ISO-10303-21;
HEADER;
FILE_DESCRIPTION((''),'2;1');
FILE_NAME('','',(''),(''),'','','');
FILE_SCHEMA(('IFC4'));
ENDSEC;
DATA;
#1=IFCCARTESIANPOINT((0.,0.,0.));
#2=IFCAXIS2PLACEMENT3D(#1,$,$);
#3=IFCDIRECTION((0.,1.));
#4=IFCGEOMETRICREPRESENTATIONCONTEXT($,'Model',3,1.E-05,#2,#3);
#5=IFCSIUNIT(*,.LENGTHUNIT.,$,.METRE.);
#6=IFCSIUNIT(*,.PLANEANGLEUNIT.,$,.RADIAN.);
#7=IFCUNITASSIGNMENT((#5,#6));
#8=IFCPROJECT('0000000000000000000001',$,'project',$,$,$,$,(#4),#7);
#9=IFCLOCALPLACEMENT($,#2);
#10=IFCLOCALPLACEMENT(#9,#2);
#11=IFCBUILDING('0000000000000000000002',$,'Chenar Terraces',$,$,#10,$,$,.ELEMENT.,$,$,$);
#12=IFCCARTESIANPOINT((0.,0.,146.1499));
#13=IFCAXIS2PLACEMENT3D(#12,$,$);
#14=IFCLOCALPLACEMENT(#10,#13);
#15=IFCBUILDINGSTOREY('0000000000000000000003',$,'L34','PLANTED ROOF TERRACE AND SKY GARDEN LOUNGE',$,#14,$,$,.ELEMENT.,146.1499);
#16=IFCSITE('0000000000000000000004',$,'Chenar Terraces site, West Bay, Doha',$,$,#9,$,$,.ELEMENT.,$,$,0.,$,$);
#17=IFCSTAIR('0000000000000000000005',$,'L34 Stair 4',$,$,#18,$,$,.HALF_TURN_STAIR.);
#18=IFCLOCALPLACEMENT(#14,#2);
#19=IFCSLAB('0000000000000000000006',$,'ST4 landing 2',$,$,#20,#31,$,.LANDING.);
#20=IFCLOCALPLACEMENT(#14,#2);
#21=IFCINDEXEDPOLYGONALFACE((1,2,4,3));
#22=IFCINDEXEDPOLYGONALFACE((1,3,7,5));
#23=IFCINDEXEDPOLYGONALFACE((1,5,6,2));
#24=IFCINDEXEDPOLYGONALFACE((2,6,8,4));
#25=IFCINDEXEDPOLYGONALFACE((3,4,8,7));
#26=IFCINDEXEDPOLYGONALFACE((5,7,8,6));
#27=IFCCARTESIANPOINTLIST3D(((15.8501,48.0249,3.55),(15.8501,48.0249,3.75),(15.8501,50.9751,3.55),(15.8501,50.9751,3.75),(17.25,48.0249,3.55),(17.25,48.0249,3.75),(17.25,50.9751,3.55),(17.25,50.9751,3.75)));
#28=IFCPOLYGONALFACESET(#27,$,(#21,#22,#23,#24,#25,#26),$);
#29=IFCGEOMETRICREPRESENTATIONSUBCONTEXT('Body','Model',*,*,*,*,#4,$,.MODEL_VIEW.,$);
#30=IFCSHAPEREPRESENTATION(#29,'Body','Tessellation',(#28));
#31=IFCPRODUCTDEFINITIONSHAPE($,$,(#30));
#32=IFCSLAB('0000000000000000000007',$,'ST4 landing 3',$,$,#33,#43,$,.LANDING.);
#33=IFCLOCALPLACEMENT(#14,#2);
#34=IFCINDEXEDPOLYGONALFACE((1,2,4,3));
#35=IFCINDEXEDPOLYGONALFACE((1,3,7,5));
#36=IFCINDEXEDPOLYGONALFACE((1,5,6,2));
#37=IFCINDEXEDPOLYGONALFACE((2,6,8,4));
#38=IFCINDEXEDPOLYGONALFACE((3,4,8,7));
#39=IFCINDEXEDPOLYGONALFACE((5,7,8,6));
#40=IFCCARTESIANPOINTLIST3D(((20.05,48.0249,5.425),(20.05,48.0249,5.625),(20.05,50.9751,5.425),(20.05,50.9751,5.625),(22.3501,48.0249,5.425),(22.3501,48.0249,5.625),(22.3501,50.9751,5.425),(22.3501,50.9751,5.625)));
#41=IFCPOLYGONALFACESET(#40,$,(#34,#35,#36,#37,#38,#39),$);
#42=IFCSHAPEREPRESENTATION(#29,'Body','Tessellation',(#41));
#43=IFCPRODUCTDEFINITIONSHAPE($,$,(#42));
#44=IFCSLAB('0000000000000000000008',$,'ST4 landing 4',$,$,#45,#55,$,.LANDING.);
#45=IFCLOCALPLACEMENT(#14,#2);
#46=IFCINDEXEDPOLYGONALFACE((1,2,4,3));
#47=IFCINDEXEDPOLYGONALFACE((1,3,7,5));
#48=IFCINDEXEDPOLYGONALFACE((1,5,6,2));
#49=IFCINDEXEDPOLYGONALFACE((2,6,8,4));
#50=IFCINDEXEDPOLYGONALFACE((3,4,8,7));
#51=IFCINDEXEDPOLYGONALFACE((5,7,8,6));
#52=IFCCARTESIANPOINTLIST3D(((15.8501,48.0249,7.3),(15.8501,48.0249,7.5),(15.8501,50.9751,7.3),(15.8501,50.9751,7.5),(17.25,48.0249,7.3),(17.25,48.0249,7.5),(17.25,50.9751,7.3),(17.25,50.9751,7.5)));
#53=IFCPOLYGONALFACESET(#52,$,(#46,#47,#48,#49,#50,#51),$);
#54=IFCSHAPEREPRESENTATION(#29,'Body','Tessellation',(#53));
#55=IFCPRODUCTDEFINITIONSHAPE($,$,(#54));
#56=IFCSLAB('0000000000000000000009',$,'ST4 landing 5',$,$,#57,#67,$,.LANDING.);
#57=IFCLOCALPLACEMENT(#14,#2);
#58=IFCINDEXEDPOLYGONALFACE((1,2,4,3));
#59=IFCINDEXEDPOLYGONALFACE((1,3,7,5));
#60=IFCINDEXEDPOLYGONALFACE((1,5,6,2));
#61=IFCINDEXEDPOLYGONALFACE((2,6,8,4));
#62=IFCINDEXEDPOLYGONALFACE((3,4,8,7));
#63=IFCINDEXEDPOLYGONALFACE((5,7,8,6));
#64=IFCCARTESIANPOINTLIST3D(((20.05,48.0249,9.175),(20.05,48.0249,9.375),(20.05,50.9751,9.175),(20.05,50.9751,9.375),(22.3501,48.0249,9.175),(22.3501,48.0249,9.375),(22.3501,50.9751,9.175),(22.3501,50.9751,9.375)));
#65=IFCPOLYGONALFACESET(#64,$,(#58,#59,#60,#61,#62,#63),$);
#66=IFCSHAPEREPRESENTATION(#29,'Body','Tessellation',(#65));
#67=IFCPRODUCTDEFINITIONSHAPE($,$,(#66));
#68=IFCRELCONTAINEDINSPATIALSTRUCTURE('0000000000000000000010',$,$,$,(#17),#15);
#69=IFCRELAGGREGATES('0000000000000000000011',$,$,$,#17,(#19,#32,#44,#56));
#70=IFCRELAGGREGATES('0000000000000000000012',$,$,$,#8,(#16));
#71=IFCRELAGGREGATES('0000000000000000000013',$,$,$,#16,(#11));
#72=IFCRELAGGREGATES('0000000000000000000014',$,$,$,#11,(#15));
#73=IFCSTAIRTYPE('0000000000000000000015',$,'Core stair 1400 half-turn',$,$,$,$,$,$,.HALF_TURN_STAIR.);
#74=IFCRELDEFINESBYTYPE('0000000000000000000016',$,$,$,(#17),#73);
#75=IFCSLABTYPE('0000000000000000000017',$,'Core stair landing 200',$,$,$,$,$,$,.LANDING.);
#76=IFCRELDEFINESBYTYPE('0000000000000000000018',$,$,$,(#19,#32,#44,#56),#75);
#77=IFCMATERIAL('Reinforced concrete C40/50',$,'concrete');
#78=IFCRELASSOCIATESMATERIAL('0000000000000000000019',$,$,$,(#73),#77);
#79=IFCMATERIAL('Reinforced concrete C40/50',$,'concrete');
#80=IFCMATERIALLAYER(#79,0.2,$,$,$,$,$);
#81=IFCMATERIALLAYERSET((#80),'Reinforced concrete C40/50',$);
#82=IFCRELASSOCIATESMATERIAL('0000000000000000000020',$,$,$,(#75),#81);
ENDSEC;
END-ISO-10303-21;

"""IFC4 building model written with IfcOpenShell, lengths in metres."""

from ifc_helpers import new_model, si_unit, direction, frame, origin, place, context, subcontext, project, spatial, polyline, outline, extrude, material, layer, layer_set, type_object, element, aggregate, save


model = new_model("IFC4")

# Units and contexts
model_context = context("Model", 3, precision=1e-05, world=origin(), true_north=direction((0.0, 1.0)))
body_context = subcontext(model_context, "Body", "Model", "MODEL_VIEW")
ifc_project = project(units=[si_unit("LENGTHUNIT", "METRE"), si_unit("PLANEANGLEUNIT", "RADIAN")], contexts=[model_context])

# Site, building, storey
site_placement = place(None, origin())
site = spatial("IfcSite", under=ifc_project, at=site_placement, Name="Chenar Terraces site, West Bay, Doha", CompositionType="ELEMENT", RefElevation=0.0)
building_placement = place(site_placement, origin())
building = spatial("IfcBuilding", under=site, at=building_placement, Name="Chenar Terraces", CompositionType="ELEMENT")
storey_placement = place(building_placement, frame((0.0, 0.0, 146.1499)))
storey = spatial("IfcBuildingStorey", under=building, at=storey_placement, Name="L34", Description="PLANTED ROOF TERRACE AND SKY GARDEN LOUNGE", CompositionType="ELEMENT", Elevation=146.1499)

# Stair, slabs
ifc_material_1 = material(Name="Reinforced concrete C40/50", Category="concrete")
stair_type = type_object("IfcStairType", Name="Core stair 1400 half-turn", PredefinedType="HALF_TURN_STAIR", material=ifc_material_1)
placement_1 = place(storey_placement, origin())
ifc_material_2 = material(Name="Reinforced concrete C40/50", Category="concrete")
ifc_layer_1 = layer(ifc_material_2, 0.2)
ifc_layer_set_1 = layer_set([ifc_layer_1], Name="Reinforced concrete C40/50")
slab_type_1 = type_object("IfcSlabType", Name="Core stair landing 200", PredefinedType="LANDING", material=ifc_layer_set_1)
placement_2 = place(storey_placement, frame((0.0, 0.0, 3.55)))
placement_3 = place(storey_placement, frame((0.0, 0.0, 5.425)))
placement_4 = place(storey_placement, frame((0.0, 0.0, 7.3)))
placement_5 = place(storey_placement, frame((0.0, 0.0, 9.175)))
stair_1 = element("IfcStair", 1, at=placement_1, inside=storey, type_object=stair_type, Name="L34 Stair 4", PredefinedType="HALF_TURN_STAIR")
slab_1 = element("IfcSlab", 2, at=placement_2, type_object=slab_type_1, Name="ST4 landing 2", PredefinedType="LANDING", context=body_context, shape_type="SweptSolid", body=[
    extrude(outline(polyline([(15.8501, 48.0249), (17.25, 48.0249), (17.25, 50.9751), (15.8501, 50.9751), (15.8501, 48.0249)])), origin(), (0.0, 0.0, 1.0), 0.2),
])
slab_2 = element("IfcSlab", 3, at=placement_3, type_object=slab_type_1, Name="ST4 landing 3", PredefinedType="LANDING", context=body_context, shape_type="SweptSolid", body=[
    extrude(outline(polyline([(20.05, 48.0249), (22.3501, 48.0249), (22.3501, 50.9751), (20.05, 50.9751), (20.05, 48.0249)])), origin(), (0.0, 0.0, 1.0), 0.2),
])
slab_3 = element("IfcSlab", 4, at=placement_4, type_object=slab_type_1, Name="ST4 landing 4", PredefinedType="LANDING", context=body_context, shape_type="SweptSolid", body=[
    extrude(outline(polyline([(15.8501, 48.0249), (17.25, 48.0249), (17.25, 50.9751), (15.8501, 50.9751), (15.8501, 48.0249)])), origin(), (0.0, 0.0, 1.0), 0.2),
])
slab_4 = element("IfcSlab", 5, at=placement_5, type_object=slab_type_1, Name="ST4 landing 5", PredefinedType="LANDING", context=body_context, shape_type="SweptSolid", body=[
    extrude(outline(polyline([(20.05, 48.0249), (22.3501, 48.0249), (22.3501, 50.9751), (20.05, 50.9751), (20.05, 48.0249)])), origin(), (0.0, 0.0, 1.0), 0.2),
])
aggregate(stair_1, [slab_1, slab_2, slab_3, slab_4])

save(model, "model.ifc")
